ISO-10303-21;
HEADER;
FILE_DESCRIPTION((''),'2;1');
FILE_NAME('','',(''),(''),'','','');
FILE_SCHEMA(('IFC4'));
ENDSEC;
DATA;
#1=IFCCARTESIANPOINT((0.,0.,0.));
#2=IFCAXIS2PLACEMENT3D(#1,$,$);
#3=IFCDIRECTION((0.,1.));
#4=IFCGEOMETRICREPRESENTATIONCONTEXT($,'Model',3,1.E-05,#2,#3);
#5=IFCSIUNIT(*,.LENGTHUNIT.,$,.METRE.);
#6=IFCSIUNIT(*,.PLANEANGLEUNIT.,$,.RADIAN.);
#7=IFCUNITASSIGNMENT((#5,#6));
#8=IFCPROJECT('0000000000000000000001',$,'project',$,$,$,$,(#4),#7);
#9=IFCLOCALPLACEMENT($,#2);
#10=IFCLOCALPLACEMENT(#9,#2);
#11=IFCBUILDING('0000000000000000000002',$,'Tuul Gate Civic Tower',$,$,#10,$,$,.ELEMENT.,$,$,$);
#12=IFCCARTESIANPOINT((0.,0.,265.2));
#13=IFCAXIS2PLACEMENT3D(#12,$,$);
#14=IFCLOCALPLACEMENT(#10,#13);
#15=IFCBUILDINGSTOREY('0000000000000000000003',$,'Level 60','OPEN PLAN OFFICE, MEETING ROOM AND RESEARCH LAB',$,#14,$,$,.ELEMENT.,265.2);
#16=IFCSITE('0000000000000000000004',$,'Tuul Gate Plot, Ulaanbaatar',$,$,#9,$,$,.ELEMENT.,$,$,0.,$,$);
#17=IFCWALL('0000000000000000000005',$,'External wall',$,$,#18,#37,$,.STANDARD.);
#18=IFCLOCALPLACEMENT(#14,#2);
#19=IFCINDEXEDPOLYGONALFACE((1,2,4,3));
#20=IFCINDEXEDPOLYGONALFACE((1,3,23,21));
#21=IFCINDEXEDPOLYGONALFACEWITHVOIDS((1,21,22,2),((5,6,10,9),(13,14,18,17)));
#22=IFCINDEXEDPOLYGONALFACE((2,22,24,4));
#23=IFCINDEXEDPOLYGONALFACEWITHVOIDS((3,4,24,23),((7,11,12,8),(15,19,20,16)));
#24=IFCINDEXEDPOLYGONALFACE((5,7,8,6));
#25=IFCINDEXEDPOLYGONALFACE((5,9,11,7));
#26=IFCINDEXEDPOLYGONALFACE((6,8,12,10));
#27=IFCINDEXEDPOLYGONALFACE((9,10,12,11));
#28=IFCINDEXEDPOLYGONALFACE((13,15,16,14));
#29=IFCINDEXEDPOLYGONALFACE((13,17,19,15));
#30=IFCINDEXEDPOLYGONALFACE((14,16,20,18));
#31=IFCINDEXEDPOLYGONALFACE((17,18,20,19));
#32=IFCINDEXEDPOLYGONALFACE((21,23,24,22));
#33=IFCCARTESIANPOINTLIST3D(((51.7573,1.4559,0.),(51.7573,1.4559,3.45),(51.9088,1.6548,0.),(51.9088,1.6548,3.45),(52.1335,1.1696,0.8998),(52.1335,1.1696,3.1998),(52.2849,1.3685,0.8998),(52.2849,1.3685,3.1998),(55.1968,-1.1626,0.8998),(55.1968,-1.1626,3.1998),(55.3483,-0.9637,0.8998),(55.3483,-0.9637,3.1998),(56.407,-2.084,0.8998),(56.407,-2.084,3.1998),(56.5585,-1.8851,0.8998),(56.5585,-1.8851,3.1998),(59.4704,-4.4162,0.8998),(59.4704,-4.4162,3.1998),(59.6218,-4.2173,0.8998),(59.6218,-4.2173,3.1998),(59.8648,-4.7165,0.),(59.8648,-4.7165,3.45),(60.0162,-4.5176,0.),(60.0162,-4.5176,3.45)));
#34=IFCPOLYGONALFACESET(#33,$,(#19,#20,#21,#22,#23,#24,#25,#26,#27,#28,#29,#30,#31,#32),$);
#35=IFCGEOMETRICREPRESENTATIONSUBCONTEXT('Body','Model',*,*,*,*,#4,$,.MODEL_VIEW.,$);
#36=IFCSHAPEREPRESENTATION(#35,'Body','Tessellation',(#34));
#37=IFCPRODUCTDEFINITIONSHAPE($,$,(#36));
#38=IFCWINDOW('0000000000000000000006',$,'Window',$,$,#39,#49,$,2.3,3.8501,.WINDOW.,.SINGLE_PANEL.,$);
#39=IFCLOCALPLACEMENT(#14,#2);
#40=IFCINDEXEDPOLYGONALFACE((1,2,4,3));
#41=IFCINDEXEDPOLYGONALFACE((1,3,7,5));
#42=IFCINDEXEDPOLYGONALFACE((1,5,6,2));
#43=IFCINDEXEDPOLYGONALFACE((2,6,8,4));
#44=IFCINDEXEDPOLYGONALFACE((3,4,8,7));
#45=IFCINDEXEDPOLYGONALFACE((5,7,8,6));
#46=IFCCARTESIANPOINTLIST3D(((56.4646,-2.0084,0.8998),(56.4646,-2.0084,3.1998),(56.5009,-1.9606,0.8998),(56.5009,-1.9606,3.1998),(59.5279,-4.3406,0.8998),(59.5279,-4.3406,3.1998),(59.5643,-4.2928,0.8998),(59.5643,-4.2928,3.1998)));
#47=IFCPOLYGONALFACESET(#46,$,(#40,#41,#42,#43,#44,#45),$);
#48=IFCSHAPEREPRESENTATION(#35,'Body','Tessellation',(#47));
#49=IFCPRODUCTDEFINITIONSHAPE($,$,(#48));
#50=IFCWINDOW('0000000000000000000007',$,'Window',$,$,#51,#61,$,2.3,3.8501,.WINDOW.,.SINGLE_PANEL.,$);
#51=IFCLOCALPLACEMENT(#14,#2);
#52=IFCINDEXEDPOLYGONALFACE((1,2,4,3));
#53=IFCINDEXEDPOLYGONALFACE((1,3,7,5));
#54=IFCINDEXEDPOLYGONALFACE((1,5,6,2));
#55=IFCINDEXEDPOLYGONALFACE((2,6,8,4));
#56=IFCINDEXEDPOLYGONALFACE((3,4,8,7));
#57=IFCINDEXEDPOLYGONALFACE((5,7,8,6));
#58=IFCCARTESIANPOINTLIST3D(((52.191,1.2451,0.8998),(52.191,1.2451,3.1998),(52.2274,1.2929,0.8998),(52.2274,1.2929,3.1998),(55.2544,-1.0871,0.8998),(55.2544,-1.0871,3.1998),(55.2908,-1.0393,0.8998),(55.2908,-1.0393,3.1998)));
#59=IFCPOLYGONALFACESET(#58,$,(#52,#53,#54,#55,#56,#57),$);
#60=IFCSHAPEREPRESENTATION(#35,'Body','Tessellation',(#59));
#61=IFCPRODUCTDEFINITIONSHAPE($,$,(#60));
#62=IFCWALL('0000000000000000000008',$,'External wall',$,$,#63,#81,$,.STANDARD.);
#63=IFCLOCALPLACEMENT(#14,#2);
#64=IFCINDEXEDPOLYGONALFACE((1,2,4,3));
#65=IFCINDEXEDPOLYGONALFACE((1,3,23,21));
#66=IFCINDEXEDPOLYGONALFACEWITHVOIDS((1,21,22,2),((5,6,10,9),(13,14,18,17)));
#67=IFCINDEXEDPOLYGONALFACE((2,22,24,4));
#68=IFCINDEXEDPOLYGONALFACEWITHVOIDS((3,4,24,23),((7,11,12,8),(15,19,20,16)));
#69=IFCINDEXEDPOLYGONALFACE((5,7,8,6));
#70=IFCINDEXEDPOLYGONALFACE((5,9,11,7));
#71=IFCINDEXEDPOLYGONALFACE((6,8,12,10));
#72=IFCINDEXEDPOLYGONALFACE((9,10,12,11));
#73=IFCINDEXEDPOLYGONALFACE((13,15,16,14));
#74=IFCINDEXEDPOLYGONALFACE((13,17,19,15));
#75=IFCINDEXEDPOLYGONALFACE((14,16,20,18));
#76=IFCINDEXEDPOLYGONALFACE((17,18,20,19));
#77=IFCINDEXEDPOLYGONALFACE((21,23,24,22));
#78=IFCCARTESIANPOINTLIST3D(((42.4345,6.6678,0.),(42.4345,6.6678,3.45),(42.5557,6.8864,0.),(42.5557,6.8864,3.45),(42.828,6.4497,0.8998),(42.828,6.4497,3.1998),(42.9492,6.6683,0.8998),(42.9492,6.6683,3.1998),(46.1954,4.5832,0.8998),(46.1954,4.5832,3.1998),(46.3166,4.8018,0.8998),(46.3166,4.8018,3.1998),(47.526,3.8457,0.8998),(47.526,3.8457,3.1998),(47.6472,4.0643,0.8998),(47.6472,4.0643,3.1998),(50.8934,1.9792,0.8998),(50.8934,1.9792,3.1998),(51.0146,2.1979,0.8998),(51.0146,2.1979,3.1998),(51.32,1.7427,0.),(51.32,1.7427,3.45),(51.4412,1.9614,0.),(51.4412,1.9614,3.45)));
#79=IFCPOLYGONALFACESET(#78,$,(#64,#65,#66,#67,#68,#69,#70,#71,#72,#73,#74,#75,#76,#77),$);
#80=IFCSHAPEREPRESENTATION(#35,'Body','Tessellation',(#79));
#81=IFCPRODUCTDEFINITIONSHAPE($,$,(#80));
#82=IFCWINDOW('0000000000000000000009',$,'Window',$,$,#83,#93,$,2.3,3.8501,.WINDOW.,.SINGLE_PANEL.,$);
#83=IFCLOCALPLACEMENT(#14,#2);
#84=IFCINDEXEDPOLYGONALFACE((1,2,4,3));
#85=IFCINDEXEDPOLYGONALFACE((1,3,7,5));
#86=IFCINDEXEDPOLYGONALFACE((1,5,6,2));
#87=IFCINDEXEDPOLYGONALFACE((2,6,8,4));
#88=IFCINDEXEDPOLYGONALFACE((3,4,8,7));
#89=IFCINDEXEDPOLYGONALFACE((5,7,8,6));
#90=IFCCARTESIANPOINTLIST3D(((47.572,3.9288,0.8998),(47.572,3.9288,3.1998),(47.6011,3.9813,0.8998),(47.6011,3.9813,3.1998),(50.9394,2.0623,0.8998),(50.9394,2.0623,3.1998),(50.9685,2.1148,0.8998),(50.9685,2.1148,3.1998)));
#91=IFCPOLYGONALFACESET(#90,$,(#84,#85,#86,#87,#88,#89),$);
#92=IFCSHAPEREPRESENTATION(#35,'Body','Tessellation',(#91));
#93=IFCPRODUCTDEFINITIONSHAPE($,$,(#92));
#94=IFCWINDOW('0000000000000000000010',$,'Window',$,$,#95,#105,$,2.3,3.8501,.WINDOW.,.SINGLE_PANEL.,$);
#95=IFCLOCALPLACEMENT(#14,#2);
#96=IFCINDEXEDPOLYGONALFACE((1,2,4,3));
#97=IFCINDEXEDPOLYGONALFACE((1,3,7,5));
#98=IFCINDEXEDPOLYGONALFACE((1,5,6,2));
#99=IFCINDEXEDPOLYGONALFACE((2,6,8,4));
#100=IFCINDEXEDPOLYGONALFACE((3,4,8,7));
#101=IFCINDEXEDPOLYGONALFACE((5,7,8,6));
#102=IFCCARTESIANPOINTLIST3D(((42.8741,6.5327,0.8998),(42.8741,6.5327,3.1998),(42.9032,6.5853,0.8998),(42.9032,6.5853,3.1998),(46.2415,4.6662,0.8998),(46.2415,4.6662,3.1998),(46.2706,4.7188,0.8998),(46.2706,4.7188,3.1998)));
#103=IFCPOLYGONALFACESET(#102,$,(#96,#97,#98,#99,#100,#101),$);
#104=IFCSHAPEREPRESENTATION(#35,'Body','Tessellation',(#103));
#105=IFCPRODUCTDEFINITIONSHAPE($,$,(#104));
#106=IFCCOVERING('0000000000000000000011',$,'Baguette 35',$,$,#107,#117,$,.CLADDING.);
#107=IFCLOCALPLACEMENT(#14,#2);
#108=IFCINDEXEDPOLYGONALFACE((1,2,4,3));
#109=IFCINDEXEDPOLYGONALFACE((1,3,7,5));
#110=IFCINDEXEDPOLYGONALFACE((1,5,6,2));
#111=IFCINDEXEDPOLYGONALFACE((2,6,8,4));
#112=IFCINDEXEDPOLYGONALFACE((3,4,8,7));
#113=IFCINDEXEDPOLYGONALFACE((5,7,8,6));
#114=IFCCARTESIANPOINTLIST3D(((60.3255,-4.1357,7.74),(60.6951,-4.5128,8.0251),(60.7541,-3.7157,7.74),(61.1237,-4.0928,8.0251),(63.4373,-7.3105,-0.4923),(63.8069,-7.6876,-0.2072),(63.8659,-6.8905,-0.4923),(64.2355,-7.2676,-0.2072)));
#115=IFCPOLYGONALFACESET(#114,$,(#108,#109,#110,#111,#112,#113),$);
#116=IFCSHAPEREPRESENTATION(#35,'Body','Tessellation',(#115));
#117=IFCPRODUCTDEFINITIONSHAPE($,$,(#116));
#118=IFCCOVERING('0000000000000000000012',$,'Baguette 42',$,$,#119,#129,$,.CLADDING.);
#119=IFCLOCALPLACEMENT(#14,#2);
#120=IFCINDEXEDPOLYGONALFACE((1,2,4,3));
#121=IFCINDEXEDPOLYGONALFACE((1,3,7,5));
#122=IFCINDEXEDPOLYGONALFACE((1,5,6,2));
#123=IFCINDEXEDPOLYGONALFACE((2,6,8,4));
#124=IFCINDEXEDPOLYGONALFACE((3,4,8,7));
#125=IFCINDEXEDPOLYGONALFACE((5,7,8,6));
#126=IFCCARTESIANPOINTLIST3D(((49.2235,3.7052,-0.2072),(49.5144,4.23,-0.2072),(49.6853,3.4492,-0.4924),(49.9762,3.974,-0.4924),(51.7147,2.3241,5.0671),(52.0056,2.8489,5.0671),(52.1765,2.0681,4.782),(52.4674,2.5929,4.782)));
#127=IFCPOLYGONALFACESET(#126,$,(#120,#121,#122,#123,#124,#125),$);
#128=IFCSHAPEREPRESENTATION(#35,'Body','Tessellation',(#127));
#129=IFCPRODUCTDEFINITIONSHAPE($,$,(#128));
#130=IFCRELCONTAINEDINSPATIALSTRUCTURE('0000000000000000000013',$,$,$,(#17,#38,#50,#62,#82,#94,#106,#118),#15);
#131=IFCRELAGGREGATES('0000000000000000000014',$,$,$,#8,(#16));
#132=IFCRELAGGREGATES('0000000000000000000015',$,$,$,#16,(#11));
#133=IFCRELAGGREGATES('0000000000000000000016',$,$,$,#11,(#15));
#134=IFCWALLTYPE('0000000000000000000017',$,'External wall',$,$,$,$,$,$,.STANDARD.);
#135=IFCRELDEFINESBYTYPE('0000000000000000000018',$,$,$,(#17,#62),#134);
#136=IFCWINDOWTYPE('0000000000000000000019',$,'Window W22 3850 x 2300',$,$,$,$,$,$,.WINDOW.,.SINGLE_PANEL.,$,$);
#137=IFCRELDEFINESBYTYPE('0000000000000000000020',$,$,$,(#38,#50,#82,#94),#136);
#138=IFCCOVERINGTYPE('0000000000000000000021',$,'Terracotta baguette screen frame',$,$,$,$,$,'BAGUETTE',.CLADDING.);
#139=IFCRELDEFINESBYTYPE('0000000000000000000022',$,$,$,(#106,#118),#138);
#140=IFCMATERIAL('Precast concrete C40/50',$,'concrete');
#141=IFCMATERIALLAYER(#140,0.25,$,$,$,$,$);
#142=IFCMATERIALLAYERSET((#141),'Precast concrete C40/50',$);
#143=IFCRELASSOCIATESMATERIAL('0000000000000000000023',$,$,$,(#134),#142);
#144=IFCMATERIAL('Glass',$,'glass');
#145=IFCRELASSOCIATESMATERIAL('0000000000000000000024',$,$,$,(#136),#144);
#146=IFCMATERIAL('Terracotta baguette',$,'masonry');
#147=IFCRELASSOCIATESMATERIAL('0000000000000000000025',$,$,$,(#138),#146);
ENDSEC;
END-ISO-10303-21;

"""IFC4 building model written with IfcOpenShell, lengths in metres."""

from ifc_helpers import new_model, si_unit, direction, frame, frame_2d, origin, origin_2d, place, context, subcontext, project, spatial, rectangle, extrude, material, layer, layer_set, material_profile, profile_set, type_object, element, fill, save


model = new_model("IFC4")

# Units and contexts
model_context = context("Model", 3, precision=1e-05, world=origin(), true_north=direction((0.0, 1.0)))
body_context = subcontext(model_context, "Body", "Model", "MODEL_VIEW")
ifc_project = project(units=[si_unit("LENGTHUNIT", "METRE"), si_unit("PLANEANGLEUNIT", "RADIAN")], contexts=[model_context])

# Site, building, storey
site_placement = place(None, origin())
site = spatial("IfcSite", under=ifc_project, at=site_placement, Name="Tuul Gate Plot, Ulaanbaatar", CompositionType="ELEMENT", RefElevation=0.0)
building_placement = place(site_placement, origin())
building = spatial("IfcBuilding", under=site, at=building_placement, Name="Tuul Gate Civic Tower", CompositionType="ELEMENT")
storey_placement = place(building_placement, frame((0.0, 0.0, 265.2)))
storey = spatial("IfcBuildingStorey", under=building, at=storey_placement, Name="Level 60", Description="OPEN PLAN OFFICE, MEETING ROOM AND RESEARCH LAB", CompositionType="ELEMENT", Elevation=265.2)

# Walls, openings, windows
ifc_material_1 = material(Name="Precast concrete C40/50", Category="concrete")
ifc_layer_1 = layer(ifc_material_1, 0.25)
ifc_layer_set_1 = layer_set([ifc_layer_1], Name="Precast concrete C40/50")
wall_type_1 = type_object("IfcWallType", Name="External wall", PredefinedType="STANDARD", material=ifc_layer_set_1)
wall_1_placement = place(storey_placement, frame((59.9404, -4.6169, 0.0), z_axis=(0.0, 0.0, 1.0), x_axis=(-0.795655, 0.60575, 0.0)))
wall_1 = element("IfcWall", 1, at=wall_1_placement, inside=storey, type_object=wall_type_1, Name="External wall", PredefinedType="STANDARD", context=body_context, shape_type="SweptSolid", body=[
    extrude(rectangle(XDim=10.1897, YDim=0.25, at=frame_2d((5.0947, 0.0))), origin(), (0.0, 0.0, 1.0), 3.45),
])
opening_1_placement = place(wall_1_placement, frame((0.4956, 0.0, 0.8999)))
opening_1 = element("IfcOpeningElement", 2, at=opening_1_placement, cuts=wall_1, PredefinedType="OPENING", context=body_context, shape_type="SweptSolid", body=[
    extrude(rectangle(XDim=3.8501, YDim=2.3, at=frame_2d((1.925, 1.1499))), frame((0.0, 0.135, 0.0), z_axis=(0.0, -1.0, 0.0), x_axis=(1.0, 0.0, 0.0)), (0.0, 0.0, 1.0), 0.27),
])
opening_2_placement = place(wall_1_placement, frame((5.8667, 0.0, 0.8999)))
opening_2 = element("IfcOpeningElement", 3, at=opening_2_placement, cuts=wall_1, PredefinedType="OPENING", context=body_context, shape_type="SweptSolid", body=[
    extrude(rectangle(XDim=3.8501, YDim=2.3, at=frame_2d((1.925, 1.1499))), frame((0.0, 0.135, 0.0), z_axis=(0.0, -1.0, 0.0), x_axis=(1.0, 0.0, 0.0)), (0.0, 0.0, 1.0), 0.27),
])
ifc_material_2 = material(Name="Glass", Category="glass")
window_type = type_object("IfcWindowType", Name="Window W22 3850 x 2300", PartitioningType="SINGLE_PANEL", PredefinedType="WINDOW", material=ifc_material_2)
window_1_placement = place(opening_1_placement, origin())
window_1 = element("IfcWindow", 4, at=window_1_placement, inside=storey, type_object=window_type, Name="Window", OverallHeight=2.3, OverallWidth=3.8501, PartitioningType="SINGLE_PANEL", PredefinedType="WINDOW", context=body_context, shape_type="SweptSolid", body=[
    extrude(rectangle(XDim=3.8501, YDim=2.3, at=frame_2d((1.925, 1.1499))), frame((0.0, 0.03, 0.0), z_axis=(0.0, -1.0, 0.0), x_axis=(1.0, 0.0, 0.0)), (0.0, 0.0, 1.0), 0.0601),
])
fill(opening_1, window_1)
window_2_placement = place(opening_2_placement, origin())
window_2 = element("IfcWindow", 5, at=window_2_placement, inside=storey, type_object=window_type, Name="Window", OverallHeight=2.3, OverallWidth=3.8501, PartitioningType="SINGLE_PANEL", PredefinedType="WINDOW", context=body_context, shape_type="SweptSolid", body=[
    extrude(rectangle(XDim=3.8501, YDim=2.3, at=frame_2d((1.925, 1.1499))), frame((0.0, 0.03, 0.0), z_axis=(0.0, -1.0, 0.0), x_axis=(1.0, 0.0, 0.0)), (0.0, 0.0, 1.0), 0.0601),
])
fill(opening_2, window_2)
wall_2_placement = place(storey_placement, frame((51.3806, 1.8521, 0.0), z_axis=(0.0, 0.0, 1.0), x_axis=(-0.874631, 0.48479, 0.0)))
wall_2 = element("IfcWall", 6, at=wall_2_placement, inside=storey, type_object=wall_type_1, Name="External wall", PredefinedType="STANDARD", context=body_context, shape_type="SweptSolid", body=[
    extrude(rectangle(XDim=10.1592, YDim=0.25, at=frame_2d((5.0796, 0.0))), origin(), (0.0, 0.0, 1.0), 3.45),
])
opening_3_placement = place(wall_2_placement, frame((0.4878, 0.0, 0.8999)))
opening_3 = element("IfcOpeningElement", 7, at=opening_3_placement, cuts=wall_2, PredefinedType="OPENING", context=body_context, shape_type="SweptSolid", body=[
    extrude(rectangle(XDim=3.8501, YDim=2.3, at=frame_2d((1.925, 1.1499))), frame((0.0, 0.135, 0.0), z_axis=(0.0, -1.0, 0.0), x_axis=(1.0, 0.0, 0.0)), (0.0, 0.0, 1.0), 0.27),
])
opening_4_placement = place(wall_2_placement, frame((5.8591, 0.0, 0.8999)))
opening_4 = element("IfcOpeningElement", 8, at=opening_4_placement, cuts=wall_2, PredefinedType="OPENING", context=body_context, shape_type="SweptSolid", body=[
    extrude(rectangle(XDim=3.8501, YDim=2.3, at=frame_2d((1.925, 1.1499))), frame((0.0, 0.135, 0.0), z_axis=(0.0, -1.0, 0.0), x_axis=(1.0, 0.0, 0.0)), (0.0, 0.0, 1.0), 0.27),
])
window_3_placement = place(opening_3_placement, origin())
window_3 = element("IfcWindow", 9, at=window_3_placement, inside=storey, type_object=window_type, Name="Window", OverallHeight=2.3, OverallWidth=3.8501, PartitioningType="SINGLE_PANEL", PredefinedType="WINDOW", context=body_context, shape_type="SweptSolid", body=[
    extrude(rectangle(XDim=3.8501, YDim=2.3, at=frame_2d((1.925, 1.1499))), frame((0.0, 0.03, 0.0), z_axis=(0.0, -1.0, 0.0), x_axis=(1.0, 0.0, 0.0)), (0.0, 0.0, 1.0), 0.0601),
])
fill(opening_3, window_3)
window_4_placement = place(opening_4_placement, origin())
window_4 = element("IfcWindow", 10, at=window_4_placement, inside=storey, type_object=window_type, Name="Window", OverallHeight=2.3, OverallWidth=3.8501, PartitioningType="SINGLE_PANEL", PredefinedType="WINDOW", context=body_context, shape_type="SweptSolid", body=[
    extrude(rectangle(XDim=3.8501, YDim=2.3, at=frame_2d((1.925, 1.1499))), frame((0.0, 0.03, 0.0), z_axis=(0.0, -1.0, 0.0), x_axis=(1.0, 0.0, 0.0)), (0.0, 0.0, 1.0), 0.0601),
])
fill(opening_4, window_4)

# Coverings
ifc_material_3 = material(Name="Terracotta baguette", Category="masonry")
ifc_material_profile_1 = material_profile(ifc_material_3, rectangle(XDim=0.6001, YDim=0.6001, at=origin_2d()), Name="Terracotta baguette screen frame")
ifc_profile_set_1 = profile_set([ifc_material_profile_1], Name="Terracotta baguette")
covering_type = type_object("IfcCoveringType", Name="Terracotta baguette screen frame", ElementType="BAGUETTE", PredefinedType="CLADDING", material=ifc_profile_set_1)
covering_1_placement = place(storey_placement, frame((60.7246, -4.1143, 7.8826), z_axis=(0.3326, -0.339332, -0.879904), x_axis=(0.714156, 0.699987, 0.0)))
element("IfcCovering", 11, at=covering_1_placement, inside=storey, type_object=covering_type, Name="Baguette 35", PredefinedType="CLADDING", context=body_context, shape_type="SweptSolid", body=[
    extrude(rectangle(XDim=0.6001, YDim=0.6001, at=origin_2d()), origin(), (0.0, 0.0, 1.0), 9.356),
])
covering_2_placement = place(storey_placement, frame((52.0911, 2.4585, 4.9246), z_axis=(-0.415589, 0.230398, -0.879888), x_axis=(-0.484864, -0.87459, 0.0)))
element("IfcCovering", 12, at=covering_2_placement, inside=storey, type_object=covering_type, Name="Baguette 42", PredefinedType="CLADDING", context=body_context, shape_type="SweptSolid", body=[
    extrude(rectangle(XDim=0.6001, YDim=0.6001, at=origin_2d()), origin(), (0.0, 0.0, 1.0), 5.9944),
])

save(model, "model.ifc")
